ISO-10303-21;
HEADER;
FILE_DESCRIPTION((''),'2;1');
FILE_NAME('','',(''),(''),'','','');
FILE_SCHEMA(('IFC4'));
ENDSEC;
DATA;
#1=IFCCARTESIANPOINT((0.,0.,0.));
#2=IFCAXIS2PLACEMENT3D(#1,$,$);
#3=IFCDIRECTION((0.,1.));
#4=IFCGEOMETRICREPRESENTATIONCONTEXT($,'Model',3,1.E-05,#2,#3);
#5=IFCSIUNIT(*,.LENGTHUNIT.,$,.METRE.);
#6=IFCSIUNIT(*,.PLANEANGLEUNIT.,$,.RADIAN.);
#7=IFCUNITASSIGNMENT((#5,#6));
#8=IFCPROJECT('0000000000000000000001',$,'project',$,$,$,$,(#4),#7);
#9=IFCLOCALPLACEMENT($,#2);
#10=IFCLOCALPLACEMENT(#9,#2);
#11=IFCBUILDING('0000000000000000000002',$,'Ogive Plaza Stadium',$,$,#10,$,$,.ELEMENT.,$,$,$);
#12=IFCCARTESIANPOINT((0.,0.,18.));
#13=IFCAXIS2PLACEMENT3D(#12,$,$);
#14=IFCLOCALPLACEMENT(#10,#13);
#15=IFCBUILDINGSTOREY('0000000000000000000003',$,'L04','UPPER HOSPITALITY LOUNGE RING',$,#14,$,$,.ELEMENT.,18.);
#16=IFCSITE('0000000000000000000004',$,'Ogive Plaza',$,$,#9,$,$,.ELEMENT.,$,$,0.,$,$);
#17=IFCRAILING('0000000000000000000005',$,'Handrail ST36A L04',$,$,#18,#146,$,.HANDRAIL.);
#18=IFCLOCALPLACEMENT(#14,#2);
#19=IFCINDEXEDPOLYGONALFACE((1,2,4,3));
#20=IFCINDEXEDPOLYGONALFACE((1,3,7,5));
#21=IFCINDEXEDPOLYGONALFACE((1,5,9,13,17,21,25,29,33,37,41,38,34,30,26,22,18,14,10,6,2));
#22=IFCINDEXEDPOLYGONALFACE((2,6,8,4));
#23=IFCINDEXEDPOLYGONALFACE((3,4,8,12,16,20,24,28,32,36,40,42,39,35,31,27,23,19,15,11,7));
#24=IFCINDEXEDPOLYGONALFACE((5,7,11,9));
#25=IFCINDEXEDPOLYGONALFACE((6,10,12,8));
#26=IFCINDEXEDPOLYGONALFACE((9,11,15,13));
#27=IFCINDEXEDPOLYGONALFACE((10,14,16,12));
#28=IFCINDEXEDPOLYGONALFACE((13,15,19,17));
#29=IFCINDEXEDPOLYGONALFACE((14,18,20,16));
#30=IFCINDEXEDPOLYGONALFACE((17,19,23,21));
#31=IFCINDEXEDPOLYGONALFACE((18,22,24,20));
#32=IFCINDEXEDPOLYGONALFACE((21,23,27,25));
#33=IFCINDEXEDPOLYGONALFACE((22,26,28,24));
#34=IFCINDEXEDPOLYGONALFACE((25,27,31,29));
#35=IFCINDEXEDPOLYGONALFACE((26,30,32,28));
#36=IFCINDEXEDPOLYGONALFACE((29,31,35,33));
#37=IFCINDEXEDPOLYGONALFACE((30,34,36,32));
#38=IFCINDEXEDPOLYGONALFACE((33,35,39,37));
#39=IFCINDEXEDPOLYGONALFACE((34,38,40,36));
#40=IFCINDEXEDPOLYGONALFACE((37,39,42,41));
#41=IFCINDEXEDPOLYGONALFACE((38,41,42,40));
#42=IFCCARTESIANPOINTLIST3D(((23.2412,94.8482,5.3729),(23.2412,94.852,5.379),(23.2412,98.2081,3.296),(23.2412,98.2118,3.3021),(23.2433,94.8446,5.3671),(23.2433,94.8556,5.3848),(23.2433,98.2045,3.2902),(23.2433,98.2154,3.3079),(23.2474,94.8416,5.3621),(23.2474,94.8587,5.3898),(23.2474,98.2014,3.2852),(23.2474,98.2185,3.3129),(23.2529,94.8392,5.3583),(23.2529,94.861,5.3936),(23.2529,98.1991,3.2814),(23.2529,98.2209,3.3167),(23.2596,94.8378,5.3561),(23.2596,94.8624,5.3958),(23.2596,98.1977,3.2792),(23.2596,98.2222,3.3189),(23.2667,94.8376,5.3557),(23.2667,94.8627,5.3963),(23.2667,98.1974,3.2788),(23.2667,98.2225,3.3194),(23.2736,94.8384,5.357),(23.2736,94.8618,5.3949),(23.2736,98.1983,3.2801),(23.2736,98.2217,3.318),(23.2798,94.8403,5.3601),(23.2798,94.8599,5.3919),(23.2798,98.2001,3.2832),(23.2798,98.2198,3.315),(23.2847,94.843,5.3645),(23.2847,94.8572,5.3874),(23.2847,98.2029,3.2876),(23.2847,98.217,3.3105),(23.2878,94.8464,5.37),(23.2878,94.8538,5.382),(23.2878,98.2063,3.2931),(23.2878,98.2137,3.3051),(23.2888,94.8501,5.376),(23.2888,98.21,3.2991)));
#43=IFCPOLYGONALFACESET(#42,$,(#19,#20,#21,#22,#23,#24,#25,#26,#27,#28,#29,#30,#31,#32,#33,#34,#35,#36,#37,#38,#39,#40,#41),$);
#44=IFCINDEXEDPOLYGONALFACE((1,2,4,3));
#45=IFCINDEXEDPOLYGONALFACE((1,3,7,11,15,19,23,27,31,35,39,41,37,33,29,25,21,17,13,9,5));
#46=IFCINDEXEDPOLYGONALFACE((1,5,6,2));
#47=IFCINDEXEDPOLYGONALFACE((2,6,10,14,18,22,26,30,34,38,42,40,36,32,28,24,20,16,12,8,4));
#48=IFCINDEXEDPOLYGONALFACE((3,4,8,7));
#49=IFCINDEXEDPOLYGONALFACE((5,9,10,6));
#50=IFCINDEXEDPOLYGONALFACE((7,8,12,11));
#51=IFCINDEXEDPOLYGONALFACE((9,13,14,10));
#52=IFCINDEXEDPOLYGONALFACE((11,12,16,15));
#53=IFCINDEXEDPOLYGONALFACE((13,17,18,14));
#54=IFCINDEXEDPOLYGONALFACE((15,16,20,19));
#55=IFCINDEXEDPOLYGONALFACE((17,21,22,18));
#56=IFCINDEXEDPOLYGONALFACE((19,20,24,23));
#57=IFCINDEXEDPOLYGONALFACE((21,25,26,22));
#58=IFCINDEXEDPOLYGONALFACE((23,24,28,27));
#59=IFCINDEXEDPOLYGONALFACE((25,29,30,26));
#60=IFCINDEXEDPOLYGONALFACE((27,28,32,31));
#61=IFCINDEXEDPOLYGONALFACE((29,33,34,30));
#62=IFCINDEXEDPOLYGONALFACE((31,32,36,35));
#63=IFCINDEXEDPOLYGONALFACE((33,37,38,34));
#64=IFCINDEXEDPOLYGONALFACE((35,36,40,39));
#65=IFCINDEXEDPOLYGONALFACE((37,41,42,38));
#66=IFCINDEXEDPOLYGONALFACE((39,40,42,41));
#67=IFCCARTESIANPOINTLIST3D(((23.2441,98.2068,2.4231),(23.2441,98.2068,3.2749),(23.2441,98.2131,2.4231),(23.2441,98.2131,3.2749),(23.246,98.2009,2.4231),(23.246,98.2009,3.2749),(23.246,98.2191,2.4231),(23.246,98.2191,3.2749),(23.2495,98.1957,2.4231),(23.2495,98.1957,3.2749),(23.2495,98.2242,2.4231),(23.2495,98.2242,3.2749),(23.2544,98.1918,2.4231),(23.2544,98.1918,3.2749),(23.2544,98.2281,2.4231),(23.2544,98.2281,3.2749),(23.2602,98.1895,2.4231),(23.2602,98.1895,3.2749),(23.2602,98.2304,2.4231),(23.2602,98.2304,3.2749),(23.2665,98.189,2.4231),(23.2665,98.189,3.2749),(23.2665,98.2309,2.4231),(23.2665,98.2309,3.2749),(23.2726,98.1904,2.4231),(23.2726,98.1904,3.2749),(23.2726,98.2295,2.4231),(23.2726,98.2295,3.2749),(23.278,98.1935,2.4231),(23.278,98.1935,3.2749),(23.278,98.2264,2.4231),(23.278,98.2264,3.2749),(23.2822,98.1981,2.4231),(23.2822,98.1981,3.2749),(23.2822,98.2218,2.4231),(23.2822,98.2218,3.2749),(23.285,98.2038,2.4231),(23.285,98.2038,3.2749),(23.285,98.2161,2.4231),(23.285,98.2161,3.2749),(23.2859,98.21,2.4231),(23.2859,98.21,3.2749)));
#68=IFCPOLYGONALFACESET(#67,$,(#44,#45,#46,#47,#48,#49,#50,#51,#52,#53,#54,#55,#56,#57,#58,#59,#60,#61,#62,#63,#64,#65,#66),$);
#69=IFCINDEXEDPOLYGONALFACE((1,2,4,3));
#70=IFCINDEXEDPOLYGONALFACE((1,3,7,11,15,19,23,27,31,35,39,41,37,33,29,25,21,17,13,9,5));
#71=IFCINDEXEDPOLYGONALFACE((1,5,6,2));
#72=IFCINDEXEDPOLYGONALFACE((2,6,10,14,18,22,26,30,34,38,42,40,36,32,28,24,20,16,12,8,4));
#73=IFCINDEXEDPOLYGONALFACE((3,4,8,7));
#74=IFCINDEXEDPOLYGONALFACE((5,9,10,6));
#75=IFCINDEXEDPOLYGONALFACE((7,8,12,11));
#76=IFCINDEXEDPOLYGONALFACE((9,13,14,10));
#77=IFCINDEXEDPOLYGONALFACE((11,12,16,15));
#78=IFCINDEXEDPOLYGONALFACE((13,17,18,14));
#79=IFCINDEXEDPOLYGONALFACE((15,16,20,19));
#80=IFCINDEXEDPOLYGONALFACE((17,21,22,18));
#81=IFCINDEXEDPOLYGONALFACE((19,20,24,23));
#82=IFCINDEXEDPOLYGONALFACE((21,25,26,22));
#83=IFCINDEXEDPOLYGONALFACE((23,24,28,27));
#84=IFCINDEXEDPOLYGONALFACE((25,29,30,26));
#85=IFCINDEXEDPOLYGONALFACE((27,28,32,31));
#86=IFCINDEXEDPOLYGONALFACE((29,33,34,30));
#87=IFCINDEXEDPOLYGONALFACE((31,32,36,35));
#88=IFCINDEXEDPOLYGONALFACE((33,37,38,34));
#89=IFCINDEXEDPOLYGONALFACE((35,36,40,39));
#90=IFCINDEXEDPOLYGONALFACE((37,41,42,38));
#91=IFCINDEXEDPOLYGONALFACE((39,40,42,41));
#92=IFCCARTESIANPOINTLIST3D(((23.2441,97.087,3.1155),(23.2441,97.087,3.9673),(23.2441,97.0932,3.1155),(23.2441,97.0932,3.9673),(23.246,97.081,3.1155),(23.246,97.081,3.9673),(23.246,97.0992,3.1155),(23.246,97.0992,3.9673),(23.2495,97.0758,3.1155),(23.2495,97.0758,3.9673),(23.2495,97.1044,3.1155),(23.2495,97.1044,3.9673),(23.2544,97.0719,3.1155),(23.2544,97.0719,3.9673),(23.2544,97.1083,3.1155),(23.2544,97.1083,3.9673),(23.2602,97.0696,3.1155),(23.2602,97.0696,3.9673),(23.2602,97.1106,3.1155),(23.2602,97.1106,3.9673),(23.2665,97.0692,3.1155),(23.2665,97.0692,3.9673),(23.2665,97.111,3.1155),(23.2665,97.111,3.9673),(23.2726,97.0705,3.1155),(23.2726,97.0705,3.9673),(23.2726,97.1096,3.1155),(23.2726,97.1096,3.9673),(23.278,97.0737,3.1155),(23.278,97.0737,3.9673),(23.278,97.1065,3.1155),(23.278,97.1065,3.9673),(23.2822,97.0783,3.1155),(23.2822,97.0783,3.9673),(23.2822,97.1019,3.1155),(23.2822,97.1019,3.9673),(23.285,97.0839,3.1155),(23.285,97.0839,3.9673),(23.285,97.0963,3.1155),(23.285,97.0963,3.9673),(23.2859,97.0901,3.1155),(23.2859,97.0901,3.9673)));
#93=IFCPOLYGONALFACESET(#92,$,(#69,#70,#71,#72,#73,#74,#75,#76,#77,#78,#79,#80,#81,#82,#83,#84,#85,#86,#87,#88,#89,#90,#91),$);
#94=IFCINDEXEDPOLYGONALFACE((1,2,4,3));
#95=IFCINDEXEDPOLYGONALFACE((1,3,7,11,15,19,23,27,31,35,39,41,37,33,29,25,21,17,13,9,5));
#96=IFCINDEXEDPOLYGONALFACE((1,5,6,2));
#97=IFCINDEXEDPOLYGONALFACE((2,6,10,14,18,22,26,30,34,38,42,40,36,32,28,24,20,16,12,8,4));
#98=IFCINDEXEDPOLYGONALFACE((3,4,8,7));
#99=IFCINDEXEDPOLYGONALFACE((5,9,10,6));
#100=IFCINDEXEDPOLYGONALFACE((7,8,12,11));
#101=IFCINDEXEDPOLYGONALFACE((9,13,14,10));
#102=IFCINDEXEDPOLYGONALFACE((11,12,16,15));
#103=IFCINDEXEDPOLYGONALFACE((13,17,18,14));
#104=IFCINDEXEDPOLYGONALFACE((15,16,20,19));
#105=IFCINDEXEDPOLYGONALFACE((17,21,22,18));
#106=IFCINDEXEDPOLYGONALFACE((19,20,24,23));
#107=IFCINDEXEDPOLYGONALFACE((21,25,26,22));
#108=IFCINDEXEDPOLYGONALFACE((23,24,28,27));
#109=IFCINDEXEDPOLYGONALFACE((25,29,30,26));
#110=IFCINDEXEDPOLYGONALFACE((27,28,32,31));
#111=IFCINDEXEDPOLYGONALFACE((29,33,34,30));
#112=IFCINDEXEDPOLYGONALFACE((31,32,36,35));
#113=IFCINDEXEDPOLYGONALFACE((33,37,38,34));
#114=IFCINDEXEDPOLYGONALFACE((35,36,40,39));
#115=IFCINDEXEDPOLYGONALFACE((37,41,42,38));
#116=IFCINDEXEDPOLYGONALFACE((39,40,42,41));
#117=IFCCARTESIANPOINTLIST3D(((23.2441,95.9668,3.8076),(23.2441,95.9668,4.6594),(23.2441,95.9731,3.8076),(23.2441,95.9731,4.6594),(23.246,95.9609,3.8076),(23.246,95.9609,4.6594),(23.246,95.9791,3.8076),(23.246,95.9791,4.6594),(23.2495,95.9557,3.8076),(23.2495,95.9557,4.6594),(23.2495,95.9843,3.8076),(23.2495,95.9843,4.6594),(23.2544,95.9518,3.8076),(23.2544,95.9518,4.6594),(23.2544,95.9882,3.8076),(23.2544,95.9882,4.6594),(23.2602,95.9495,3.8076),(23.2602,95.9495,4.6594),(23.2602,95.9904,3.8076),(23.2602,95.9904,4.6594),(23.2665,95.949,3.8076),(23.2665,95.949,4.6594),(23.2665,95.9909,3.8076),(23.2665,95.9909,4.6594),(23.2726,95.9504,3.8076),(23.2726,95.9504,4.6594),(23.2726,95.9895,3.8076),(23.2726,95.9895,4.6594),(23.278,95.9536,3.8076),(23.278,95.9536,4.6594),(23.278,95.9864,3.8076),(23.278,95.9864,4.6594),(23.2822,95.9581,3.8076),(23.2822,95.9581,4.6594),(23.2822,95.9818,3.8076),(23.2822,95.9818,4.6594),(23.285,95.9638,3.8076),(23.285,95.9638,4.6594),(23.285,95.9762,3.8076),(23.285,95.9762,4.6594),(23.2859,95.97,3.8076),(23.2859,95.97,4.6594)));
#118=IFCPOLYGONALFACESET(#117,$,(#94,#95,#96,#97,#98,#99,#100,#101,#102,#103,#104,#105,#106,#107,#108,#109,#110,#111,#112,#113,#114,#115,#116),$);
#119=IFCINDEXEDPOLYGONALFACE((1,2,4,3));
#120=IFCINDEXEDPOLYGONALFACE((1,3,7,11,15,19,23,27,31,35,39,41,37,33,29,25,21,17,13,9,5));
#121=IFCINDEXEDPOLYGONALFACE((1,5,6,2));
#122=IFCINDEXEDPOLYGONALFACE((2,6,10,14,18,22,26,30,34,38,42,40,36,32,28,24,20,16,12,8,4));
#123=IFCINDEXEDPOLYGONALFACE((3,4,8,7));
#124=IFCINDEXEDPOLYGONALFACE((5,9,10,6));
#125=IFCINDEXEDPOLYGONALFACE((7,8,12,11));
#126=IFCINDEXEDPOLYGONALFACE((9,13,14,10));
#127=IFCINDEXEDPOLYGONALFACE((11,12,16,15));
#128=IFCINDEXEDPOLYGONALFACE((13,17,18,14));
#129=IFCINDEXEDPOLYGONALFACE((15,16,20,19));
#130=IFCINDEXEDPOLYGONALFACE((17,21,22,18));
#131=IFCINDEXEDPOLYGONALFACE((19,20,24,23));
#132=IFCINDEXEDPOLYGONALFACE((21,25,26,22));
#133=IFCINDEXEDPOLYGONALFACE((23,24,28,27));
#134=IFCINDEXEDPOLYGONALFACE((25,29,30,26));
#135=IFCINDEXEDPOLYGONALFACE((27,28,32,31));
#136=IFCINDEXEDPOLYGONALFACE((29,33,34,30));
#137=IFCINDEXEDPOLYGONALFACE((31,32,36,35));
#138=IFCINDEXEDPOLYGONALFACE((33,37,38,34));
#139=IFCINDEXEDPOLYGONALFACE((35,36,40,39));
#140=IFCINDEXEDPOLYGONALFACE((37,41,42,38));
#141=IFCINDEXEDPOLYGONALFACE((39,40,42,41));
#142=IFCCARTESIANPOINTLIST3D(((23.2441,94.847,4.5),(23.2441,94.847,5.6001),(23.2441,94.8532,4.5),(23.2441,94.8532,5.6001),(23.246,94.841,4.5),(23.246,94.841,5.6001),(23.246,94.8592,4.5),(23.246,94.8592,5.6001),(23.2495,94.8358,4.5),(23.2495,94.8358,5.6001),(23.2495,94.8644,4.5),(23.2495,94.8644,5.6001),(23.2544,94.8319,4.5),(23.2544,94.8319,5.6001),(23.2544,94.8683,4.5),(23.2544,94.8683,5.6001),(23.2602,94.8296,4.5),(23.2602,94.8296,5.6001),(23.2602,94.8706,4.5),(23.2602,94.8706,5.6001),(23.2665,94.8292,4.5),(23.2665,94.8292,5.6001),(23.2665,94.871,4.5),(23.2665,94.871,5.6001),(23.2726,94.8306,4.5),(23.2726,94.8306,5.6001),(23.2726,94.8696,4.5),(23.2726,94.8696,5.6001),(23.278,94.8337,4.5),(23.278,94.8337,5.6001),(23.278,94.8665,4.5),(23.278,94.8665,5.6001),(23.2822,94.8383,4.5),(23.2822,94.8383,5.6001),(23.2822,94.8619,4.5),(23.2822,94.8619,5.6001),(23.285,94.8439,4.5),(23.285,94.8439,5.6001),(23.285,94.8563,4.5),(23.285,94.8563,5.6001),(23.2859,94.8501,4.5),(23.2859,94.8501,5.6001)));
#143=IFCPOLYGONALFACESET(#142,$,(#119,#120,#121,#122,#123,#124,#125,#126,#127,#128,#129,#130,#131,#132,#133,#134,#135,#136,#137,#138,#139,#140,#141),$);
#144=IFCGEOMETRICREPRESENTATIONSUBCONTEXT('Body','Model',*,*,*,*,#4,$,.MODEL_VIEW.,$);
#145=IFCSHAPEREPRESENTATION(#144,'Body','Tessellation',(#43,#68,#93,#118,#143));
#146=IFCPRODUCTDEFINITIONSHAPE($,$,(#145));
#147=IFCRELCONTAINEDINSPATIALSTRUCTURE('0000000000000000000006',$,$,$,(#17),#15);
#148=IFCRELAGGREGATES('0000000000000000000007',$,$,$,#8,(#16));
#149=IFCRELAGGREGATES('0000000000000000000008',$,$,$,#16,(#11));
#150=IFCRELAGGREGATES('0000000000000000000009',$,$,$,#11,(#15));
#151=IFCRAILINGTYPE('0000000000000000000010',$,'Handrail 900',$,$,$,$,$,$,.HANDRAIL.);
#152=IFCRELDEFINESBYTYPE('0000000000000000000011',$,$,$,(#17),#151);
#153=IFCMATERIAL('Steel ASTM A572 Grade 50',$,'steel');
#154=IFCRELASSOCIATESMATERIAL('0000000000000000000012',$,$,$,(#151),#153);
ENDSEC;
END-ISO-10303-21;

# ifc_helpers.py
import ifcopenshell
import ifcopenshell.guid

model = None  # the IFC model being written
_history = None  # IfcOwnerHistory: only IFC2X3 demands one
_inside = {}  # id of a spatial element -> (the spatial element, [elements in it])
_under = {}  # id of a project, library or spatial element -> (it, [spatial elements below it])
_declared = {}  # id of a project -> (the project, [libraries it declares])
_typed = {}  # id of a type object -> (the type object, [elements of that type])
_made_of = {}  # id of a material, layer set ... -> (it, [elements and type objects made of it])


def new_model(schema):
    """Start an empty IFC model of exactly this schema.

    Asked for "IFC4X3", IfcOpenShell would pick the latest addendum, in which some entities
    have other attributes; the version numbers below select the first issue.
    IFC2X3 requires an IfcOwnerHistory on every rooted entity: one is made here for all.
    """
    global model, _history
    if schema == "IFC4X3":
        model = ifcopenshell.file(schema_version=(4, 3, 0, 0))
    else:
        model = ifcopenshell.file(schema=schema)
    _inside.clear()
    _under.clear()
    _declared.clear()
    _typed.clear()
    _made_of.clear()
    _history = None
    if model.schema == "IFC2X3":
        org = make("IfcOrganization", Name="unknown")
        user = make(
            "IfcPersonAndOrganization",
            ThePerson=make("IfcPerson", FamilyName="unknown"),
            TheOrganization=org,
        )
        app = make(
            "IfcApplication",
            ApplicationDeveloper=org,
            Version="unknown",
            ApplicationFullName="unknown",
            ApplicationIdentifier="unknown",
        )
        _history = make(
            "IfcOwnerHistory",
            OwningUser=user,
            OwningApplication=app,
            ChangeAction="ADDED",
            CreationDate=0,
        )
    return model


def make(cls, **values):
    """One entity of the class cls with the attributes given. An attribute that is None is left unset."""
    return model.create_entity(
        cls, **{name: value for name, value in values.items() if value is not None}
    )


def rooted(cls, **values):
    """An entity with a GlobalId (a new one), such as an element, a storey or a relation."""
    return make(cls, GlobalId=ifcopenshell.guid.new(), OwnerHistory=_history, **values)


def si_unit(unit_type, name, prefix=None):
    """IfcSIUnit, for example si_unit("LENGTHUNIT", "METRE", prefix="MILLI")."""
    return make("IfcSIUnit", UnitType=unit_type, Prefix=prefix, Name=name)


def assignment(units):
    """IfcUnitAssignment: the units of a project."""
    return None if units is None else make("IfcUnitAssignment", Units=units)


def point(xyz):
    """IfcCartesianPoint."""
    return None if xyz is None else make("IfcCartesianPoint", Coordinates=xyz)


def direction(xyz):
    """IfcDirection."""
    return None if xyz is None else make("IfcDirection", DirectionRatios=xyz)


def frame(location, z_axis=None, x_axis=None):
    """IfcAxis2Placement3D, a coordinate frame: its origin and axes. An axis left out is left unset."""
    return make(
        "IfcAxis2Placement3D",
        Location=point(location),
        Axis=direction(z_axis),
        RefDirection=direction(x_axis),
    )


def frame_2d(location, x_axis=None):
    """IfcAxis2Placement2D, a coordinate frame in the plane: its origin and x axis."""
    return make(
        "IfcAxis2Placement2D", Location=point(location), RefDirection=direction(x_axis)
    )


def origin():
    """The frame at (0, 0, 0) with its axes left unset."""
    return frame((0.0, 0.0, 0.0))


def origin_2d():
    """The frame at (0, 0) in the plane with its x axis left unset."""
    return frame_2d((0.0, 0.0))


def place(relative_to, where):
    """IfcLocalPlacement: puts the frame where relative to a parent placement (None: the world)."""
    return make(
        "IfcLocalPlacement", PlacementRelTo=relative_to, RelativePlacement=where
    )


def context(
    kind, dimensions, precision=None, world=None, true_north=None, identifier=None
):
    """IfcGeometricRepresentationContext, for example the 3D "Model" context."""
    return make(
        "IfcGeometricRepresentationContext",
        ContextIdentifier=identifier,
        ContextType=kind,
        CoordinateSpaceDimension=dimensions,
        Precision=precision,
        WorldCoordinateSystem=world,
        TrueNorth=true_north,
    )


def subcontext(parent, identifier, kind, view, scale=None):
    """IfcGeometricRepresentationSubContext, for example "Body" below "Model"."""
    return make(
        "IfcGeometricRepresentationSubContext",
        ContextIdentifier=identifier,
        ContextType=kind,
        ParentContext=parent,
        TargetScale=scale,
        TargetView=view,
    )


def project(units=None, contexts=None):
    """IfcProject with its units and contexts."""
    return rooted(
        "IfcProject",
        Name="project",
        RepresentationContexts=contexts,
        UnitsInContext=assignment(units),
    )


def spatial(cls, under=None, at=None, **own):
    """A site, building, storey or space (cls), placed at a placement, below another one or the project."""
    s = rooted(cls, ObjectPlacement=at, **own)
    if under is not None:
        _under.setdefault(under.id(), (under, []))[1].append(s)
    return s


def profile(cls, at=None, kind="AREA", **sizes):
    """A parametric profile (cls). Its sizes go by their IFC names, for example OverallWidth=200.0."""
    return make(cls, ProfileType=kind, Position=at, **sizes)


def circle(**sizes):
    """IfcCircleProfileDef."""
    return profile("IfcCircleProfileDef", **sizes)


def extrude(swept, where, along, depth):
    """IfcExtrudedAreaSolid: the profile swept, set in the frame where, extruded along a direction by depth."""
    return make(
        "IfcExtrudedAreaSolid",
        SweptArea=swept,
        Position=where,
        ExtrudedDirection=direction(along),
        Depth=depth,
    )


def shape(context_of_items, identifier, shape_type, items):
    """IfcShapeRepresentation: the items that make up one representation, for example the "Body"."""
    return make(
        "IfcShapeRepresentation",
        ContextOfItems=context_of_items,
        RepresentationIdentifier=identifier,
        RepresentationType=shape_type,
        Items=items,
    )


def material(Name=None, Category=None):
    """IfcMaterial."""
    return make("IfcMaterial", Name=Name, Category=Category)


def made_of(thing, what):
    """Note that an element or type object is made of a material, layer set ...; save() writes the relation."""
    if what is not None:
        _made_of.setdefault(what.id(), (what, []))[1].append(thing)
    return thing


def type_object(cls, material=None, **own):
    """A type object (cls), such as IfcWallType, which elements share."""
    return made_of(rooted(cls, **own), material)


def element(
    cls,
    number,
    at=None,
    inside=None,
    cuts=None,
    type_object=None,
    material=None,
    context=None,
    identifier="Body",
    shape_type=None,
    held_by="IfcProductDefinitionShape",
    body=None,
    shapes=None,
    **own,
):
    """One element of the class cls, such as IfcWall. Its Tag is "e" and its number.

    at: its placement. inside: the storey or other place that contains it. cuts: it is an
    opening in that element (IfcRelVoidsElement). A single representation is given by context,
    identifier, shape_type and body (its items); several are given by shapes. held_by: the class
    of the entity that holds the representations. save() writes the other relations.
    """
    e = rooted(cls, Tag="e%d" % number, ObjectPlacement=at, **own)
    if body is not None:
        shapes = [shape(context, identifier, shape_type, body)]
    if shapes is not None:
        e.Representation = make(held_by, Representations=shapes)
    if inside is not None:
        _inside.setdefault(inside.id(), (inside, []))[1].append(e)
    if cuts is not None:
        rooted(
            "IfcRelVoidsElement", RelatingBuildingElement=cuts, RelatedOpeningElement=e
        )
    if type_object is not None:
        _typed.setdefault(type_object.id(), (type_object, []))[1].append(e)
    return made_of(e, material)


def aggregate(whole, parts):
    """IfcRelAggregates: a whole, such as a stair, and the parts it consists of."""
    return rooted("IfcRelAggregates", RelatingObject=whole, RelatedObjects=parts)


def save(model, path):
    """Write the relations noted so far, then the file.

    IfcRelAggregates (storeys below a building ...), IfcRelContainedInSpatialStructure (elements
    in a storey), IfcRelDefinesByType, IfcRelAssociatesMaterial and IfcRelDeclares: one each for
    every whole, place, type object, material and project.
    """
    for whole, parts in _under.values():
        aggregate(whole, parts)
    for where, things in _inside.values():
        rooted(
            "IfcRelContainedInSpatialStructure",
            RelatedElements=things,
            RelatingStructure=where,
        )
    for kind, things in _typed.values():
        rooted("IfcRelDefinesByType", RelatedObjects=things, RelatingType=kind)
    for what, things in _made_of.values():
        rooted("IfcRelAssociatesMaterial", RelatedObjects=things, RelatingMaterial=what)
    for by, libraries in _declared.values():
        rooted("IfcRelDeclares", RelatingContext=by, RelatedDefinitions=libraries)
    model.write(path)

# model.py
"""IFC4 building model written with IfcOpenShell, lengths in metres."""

from ifc_helpers import new_model, si_unit, direction, frame, origin, origin_2d, place, context, subcontext, project, spatial, circle, extrude, material, type_object, element, save


model = new_model("IFC4")

# Units and contexts
model_context = context("Model", 3, precision=1e-05, world=origin(), true_north=direction((0.0, 1.0)))
body_context = subcontext(model_context, "Body", "Model", "MODEL_VIEW")
ifc_project = project(units=[si_unit("LENGTHUNIT", "METRE"), si_unit("PLANEANGLEUNIT", "RADIAN")], contexts=[model_context])

# Site, building, storey
site_placement = place(None, origin())
site = spatial("IfcSite", under=ifc_project, at=site_placement, Name="Ogive Plaza", CompositionType="ELEMENT", RefElevation=0.0)
building_placement = place(site_placement, origin())
building = spatial("IfcBuilding", under=site, at=building_placement, Name="Ogive Plaza Stadium", CompositionType="ELEMENT")
storey_placement = place(building_placement, frame((0.0, 0.0, 18.0)))
storey = spatial("IfcBuildingStorey", under=building, at=storey_placement, Name="L04", Description="UPPER HOSPITALITY LOUNGE RING", CompositionType="ELEMENT", Elevation=18.0)

# Railing
ifc_material_1 = material(Name="Steel ASTM A572 Grade 50", Category="steel")
railing_type_1 = type_object("IfcRailingType", Name="Handrail 900", PredefinedType="HANDRAIL", material=ifc_material_1)
railing_placement = place(storey_placement, frame((23.2649, 98.21, 2.4231)))
element("IfcRailing", 1, at=railing_placement, inside=storey, type_object=railing_type_1, Name="Handrail ST36A L04", PredefinedType="HANDRAIL", context=body_context, shape_type="SweptSolid", body=[
    extrude(circle(Radius=0.0239, at=origin_2d()), frame((0.0, 0.0, 0.876), z_axis=(0.0, -0.850606, 0.525803), x_axis=(1.0, 0.0, 0.0)), (0.0, 0.0, 1.0), 3.95),
    extrude(circle(Radius=0.021, at=origin_2d()), origin(), (0.0, 0.0, 1.0), 0.8518),
    extrude(circle(Radius=0.021, at=origin_2d()), frame((0.0, -1.1199, 0.6924)), (0.0, 0.0, 1.0), 0.8518),
    extrude(circle(Radius=0.021, at=origin_2d()), frame((0.0, -2.24, 1.3845)), (0.0, 0.0, 1.0), 0.8518),
    extrude(circle(Radius=0.021, at=origin_2d()), frame((0.0, -3.3599, 2.0769)), (0.0, 0.0, 1.0), 1.1001),
])

save(model, "model.ifc")
